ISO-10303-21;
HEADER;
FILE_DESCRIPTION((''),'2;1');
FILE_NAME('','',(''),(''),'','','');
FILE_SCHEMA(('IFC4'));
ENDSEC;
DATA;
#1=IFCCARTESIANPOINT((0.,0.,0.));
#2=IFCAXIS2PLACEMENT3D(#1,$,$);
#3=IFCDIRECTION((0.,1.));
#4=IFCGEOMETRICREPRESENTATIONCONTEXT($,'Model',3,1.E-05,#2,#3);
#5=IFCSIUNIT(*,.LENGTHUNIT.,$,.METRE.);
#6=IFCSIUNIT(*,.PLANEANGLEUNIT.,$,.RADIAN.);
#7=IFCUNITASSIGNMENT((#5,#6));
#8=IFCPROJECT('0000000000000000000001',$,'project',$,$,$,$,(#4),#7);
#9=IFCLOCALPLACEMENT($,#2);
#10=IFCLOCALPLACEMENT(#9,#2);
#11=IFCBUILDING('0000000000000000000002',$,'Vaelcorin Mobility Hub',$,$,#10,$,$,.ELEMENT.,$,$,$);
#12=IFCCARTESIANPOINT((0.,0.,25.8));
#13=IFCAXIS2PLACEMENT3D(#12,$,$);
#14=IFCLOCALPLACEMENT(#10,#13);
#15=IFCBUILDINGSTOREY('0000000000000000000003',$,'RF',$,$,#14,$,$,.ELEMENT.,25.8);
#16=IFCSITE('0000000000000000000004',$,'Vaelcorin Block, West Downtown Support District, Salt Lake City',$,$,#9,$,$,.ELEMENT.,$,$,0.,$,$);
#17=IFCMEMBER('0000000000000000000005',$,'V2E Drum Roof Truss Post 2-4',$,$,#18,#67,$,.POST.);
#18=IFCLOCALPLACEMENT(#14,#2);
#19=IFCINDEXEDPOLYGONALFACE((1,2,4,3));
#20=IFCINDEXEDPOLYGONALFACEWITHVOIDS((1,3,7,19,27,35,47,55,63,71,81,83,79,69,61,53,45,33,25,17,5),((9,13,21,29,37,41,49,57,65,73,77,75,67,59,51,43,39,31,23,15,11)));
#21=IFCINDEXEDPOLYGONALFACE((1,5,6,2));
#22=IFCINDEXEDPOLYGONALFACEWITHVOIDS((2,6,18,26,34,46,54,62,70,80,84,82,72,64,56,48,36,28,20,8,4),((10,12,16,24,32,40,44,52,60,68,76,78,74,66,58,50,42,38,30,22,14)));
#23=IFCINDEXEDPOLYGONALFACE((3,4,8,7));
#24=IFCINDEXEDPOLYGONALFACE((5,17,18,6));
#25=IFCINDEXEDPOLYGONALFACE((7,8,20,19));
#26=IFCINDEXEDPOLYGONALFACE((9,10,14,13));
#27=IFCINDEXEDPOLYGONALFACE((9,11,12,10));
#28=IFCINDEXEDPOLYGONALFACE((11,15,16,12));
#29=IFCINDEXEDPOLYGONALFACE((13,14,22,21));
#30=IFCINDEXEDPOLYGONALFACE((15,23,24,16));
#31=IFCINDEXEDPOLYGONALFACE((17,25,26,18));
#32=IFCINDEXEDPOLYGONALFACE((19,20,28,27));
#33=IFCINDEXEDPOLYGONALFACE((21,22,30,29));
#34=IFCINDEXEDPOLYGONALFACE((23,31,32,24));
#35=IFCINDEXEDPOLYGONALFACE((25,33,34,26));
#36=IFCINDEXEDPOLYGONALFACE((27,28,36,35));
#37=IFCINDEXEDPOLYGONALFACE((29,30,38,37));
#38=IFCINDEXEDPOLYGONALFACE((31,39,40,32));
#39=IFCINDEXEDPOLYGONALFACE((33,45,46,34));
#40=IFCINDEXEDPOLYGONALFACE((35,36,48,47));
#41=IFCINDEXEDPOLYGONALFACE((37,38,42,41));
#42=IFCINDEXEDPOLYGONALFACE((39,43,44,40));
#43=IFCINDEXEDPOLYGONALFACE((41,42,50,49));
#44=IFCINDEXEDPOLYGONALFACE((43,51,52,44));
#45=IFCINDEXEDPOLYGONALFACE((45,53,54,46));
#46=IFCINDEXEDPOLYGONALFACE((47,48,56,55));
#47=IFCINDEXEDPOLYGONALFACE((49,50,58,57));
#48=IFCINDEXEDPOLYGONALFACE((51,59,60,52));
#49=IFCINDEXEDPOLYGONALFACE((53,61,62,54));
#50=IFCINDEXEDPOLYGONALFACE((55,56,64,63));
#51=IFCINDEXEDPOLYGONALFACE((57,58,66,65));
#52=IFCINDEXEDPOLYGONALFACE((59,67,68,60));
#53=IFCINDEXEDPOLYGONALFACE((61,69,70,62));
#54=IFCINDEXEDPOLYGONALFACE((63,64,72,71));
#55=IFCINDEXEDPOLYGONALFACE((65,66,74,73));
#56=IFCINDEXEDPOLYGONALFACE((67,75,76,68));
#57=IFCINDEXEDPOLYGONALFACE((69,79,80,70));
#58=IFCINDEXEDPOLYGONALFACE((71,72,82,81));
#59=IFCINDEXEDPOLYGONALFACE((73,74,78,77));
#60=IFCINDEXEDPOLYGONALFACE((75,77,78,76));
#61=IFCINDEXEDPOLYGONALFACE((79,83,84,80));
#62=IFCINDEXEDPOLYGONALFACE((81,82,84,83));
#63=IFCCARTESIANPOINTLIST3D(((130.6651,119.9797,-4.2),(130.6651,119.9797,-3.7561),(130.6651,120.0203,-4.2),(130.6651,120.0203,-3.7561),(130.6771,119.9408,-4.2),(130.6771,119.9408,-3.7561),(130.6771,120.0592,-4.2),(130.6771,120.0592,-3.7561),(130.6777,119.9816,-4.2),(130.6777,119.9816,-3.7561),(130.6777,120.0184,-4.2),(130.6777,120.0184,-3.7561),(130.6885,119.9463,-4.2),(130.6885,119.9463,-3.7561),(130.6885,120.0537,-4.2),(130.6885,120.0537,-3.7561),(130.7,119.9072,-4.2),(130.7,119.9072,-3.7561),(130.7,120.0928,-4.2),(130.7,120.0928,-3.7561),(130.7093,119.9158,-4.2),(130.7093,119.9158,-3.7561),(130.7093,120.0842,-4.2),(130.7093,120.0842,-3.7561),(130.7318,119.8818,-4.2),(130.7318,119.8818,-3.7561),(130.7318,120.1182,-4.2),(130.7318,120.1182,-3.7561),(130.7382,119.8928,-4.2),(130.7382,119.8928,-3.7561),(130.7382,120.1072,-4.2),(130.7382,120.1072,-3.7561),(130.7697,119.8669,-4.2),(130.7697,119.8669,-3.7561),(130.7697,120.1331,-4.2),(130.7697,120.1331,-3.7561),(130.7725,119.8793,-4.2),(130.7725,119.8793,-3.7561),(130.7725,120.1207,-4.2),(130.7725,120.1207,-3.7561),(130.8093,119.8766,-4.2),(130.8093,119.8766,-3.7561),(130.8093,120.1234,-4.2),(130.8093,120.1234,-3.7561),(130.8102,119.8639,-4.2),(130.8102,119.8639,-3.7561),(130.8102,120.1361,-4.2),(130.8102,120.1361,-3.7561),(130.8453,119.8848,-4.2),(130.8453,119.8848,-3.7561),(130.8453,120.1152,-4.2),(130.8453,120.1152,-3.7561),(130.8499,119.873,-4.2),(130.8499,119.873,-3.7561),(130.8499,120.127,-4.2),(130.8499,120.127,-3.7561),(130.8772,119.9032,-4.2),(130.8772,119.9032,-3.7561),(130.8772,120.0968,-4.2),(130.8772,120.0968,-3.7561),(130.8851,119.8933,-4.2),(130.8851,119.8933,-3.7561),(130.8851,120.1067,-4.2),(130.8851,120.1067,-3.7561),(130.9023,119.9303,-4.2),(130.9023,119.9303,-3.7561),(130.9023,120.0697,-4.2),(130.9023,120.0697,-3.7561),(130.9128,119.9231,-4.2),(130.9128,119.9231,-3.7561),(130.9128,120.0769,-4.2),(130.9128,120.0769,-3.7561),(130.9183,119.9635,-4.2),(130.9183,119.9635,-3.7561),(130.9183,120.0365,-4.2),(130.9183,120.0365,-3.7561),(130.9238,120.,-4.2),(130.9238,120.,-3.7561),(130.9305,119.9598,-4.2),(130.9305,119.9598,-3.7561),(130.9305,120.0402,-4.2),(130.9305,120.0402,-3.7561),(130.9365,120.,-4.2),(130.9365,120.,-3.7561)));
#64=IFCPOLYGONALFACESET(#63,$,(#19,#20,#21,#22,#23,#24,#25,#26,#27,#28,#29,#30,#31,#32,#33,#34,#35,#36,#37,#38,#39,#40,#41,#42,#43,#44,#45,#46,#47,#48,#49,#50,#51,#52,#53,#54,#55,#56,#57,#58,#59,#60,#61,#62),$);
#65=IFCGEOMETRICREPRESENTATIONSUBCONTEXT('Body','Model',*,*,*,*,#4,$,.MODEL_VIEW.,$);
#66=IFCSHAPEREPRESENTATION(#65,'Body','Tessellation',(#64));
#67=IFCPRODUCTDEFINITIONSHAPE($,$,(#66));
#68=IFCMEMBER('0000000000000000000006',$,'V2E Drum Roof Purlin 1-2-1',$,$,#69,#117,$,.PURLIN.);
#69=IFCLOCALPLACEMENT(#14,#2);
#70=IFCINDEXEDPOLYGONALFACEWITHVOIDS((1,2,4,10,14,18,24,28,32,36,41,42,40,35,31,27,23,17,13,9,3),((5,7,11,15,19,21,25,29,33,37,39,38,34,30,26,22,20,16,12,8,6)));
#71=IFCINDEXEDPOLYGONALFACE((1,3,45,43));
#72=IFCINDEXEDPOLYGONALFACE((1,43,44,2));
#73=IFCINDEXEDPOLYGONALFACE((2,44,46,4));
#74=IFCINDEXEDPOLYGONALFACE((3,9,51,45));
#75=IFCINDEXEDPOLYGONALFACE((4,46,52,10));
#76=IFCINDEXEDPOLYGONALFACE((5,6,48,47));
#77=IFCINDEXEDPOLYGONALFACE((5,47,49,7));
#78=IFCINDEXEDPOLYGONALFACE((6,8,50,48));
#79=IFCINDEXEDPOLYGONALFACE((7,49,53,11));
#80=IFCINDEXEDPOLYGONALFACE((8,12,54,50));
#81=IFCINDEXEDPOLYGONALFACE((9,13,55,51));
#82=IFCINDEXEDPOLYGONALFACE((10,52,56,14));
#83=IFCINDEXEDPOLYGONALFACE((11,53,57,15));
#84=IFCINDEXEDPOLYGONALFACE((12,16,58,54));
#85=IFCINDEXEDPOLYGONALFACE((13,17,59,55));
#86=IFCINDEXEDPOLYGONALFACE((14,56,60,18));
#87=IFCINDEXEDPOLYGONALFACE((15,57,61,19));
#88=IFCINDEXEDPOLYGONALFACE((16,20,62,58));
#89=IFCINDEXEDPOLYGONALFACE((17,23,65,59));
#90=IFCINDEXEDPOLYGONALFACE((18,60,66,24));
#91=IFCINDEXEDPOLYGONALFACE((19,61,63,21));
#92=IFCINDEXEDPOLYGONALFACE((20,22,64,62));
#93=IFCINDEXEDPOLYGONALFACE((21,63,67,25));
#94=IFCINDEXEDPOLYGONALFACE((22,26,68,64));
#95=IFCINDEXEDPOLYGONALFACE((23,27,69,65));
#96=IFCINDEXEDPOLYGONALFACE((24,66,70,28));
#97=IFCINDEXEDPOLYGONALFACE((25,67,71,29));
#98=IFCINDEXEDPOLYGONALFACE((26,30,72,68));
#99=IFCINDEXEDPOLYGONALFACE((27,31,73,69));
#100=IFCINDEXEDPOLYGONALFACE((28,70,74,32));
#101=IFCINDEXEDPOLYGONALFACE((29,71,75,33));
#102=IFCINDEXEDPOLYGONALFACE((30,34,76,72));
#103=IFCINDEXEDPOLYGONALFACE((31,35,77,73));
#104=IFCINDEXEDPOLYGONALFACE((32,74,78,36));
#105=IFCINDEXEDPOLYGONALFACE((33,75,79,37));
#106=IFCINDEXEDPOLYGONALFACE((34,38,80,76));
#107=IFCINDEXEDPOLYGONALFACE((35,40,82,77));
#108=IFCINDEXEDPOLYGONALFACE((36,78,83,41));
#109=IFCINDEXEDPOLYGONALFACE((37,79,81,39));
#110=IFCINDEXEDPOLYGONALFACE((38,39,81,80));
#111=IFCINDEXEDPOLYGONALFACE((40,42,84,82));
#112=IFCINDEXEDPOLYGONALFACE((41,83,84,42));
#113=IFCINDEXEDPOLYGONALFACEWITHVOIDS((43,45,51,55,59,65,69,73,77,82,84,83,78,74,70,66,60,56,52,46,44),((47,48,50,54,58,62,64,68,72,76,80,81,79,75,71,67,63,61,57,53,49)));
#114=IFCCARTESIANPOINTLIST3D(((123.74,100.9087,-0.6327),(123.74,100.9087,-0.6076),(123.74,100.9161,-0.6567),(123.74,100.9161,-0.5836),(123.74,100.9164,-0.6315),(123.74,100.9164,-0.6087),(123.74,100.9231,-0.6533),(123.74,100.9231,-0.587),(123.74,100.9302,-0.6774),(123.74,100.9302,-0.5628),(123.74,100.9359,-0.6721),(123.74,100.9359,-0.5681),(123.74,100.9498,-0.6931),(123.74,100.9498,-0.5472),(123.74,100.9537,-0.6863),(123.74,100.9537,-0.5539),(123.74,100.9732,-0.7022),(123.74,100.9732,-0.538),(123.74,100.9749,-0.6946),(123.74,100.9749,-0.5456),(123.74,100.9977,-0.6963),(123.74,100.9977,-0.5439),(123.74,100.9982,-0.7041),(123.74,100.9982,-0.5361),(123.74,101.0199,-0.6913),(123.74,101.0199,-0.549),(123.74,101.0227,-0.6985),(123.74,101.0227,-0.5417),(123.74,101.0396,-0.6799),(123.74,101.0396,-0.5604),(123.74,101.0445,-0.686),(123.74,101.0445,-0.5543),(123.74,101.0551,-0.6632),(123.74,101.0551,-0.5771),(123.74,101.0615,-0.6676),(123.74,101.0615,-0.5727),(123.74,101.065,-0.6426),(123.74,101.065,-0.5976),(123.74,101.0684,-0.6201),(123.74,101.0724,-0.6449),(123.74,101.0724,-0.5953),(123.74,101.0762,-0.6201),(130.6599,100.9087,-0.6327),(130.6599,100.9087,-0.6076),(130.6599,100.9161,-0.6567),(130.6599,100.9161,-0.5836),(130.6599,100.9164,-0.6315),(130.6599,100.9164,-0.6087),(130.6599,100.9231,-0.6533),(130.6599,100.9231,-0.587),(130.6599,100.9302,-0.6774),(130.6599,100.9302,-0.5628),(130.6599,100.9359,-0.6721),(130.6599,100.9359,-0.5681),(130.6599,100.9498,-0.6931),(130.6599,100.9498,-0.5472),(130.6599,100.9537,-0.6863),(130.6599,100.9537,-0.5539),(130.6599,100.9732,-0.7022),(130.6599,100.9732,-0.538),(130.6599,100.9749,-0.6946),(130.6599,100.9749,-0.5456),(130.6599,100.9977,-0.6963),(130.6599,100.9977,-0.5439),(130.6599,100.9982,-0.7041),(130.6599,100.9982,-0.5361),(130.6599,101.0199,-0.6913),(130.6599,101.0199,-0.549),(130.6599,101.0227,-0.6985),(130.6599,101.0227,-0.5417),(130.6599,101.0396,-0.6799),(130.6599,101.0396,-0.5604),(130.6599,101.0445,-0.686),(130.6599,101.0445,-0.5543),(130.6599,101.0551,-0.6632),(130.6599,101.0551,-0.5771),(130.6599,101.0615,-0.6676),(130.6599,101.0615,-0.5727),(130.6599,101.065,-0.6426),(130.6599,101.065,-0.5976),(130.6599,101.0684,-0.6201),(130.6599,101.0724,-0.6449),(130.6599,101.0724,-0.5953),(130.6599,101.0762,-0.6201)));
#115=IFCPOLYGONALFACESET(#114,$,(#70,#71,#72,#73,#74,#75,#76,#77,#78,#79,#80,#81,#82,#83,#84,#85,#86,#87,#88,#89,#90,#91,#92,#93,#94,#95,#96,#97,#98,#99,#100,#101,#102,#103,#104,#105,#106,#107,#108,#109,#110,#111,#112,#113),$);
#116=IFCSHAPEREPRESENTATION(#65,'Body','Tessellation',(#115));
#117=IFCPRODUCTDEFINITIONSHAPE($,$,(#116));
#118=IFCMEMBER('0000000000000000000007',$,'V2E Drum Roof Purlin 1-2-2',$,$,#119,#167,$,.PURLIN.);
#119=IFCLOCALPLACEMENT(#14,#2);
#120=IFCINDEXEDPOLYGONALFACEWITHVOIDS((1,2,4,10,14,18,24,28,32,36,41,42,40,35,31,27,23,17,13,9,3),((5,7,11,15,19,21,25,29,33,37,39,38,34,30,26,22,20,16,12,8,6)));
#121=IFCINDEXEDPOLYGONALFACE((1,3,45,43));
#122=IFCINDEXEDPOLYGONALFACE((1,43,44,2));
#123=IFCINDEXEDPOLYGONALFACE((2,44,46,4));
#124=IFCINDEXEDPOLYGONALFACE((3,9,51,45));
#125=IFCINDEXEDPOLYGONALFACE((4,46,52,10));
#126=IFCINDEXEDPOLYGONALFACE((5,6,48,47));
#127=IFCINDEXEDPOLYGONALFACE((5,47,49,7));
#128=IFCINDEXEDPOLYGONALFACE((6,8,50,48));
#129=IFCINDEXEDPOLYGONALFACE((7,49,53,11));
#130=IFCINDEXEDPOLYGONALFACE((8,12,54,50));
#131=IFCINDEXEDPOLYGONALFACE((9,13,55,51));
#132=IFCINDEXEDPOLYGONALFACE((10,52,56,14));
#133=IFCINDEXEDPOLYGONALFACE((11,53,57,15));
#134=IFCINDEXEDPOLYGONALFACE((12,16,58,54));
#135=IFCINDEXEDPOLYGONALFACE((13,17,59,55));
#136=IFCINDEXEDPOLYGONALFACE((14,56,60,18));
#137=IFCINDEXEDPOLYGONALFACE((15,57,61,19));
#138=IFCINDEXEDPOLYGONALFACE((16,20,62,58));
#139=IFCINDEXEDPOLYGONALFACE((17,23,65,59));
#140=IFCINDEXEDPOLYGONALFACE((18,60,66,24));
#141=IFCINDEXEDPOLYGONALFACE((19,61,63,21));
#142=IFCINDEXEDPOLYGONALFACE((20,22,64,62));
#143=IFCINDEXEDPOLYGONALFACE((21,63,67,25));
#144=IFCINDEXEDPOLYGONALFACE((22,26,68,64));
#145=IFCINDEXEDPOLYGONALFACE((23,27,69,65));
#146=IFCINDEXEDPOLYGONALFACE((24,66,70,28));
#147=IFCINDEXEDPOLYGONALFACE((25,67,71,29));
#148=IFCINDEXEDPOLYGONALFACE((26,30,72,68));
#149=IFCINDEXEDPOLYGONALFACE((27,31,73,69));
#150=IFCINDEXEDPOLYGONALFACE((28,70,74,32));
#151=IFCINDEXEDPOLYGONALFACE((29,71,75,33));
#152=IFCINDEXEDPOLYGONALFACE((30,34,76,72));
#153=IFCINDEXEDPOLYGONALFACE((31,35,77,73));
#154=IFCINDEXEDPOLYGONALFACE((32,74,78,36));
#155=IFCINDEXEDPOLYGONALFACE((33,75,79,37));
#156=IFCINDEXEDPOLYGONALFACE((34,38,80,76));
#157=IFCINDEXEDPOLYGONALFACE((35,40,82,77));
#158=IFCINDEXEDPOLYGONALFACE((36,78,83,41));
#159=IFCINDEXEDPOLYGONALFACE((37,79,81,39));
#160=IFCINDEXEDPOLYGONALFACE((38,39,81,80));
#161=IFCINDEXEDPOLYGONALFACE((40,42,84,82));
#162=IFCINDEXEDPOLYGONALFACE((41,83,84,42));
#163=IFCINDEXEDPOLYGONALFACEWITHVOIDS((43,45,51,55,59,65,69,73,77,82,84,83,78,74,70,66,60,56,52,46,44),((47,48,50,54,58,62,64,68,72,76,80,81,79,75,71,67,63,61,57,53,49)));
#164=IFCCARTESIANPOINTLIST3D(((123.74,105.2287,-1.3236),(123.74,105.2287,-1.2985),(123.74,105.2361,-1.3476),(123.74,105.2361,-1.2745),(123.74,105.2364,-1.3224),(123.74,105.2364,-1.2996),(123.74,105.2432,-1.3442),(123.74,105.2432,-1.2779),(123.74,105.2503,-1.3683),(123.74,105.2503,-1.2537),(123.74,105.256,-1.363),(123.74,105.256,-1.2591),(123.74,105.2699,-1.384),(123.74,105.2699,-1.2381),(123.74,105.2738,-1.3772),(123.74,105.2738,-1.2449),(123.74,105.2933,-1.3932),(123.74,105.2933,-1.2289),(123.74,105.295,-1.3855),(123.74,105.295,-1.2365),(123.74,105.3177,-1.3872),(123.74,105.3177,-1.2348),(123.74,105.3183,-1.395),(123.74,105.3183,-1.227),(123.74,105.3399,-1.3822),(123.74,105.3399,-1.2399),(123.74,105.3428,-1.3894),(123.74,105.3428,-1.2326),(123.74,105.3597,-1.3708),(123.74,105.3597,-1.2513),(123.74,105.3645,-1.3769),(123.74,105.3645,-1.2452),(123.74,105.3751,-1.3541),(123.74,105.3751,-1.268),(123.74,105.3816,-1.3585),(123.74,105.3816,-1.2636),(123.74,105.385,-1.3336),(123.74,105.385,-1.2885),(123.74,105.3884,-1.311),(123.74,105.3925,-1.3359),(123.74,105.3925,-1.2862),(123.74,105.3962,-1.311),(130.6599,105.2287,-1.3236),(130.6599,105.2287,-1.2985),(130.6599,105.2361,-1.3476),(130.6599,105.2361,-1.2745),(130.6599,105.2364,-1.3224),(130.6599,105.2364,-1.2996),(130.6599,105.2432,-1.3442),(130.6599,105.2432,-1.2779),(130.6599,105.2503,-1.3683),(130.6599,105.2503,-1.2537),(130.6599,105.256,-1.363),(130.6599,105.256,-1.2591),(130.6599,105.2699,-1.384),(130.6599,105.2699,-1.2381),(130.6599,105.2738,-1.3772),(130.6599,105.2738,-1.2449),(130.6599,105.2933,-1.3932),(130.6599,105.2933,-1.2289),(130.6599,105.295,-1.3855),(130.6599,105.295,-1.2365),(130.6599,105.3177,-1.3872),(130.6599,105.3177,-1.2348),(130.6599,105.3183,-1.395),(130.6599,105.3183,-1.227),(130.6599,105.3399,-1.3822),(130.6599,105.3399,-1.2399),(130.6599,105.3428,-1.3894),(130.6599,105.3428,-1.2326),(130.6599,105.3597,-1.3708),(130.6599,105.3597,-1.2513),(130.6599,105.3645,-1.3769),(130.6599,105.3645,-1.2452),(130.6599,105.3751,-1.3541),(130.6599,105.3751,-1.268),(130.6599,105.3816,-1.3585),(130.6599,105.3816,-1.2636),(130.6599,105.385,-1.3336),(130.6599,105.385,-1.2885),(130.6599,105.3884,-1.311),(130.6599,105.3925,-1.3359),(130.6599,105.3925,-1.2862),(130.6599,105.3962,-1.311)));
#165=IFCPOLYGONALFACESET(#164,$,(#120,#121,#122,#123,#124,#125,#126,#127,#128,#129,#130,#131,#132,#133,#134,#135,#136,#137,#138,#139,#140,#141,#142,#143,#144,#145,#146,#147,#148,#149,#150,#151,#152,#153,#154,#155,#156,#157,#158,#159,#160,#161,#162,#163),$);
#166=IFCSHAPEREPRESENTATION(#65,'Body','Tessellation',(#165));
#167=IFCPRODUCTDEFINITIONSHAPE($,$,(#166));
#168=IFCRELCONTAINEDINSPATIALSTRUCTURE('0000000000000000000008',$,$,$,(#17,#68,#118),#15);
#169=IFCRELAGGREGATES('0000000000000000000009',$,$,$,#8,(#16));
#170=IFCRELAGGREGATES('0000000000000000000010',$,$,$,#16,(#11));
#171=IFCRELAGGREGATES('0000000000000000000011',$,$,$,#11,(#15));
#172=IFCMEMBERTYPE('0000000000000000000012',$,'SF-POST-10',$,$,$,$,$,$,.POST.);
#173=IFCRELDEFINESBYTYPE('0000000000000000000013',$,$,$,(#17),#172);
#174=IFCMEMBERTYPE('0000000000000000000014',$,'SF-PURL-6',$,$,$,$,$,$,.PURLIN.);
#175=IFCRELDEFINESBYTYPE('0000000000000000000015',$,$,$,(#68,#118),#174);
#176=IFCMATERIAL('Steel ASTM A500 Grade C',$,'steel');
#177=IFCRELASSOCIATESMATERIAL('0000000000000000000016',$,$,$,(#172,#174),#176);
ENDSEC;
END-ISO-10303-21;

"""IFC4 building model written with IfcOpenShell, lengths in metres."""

from ifc_helpers import new_model, si_unit, direction, frame, origin, origin_2d, place, context, subcontext, project, spatial, hollow_circle, extrude, material, material_profile, profile_set, type_object, element, save


model = new_model("IFC4")

# Units and contexts
model_context = context("Model", 3, precision=1e-05, world=origin(), true_north=direction((0.0, 1.0)))
body_context = subcontext(model_context, "Body", "Model", "MODEL_VIEW")
ifc_project = project(units=[si_unit("LENGTHUNIT", "METRE"), si_unit("PLANEANGLEUNIT", "RADIAN")], contexts=[model_context])

# Site, building, storey
site_placement = place(None, origin())
site = spatial("IfcSite", under=ifc_project, at=site_placement, Name="Vaelcorin Block, West Downtown Support District, Salt Lake City", CompositionType="ELEMENT", RefElevation=0.0)
building_placement = place(site_placement, origin())
building = spatial("IfcBuilding", under=site, at=building_placement, Name="Vaelcorin Mobility Hub", CompositionType="ELEMENT")
storey_placement = place(building_placement, frame((0.0, 0.0, 25.8)))
storey = spatial("IfcBuildingStorey", under=building, at=storey_placement, Name="RF", CompositionType="ELEMENT", Elevation=25.8)

# Members
ifc_material_1 = material(Name="Steel ASTM A500 Grade C", Category="steel")
ifc_material_profile_1 = material_profile(ifc_material_1, hollow_circle(Radius=0.1365, WallThickness=0.0127, at=origin_2d()), Name="HSS10.750X0.500")
ifc_profile_set_1 = profile_set([ifc_material_profile_1], Name="Steel ASTM A500 Grade C")
member_type_1 = type_object("IfcMemberType", Name="SF-POST-10", PredefinedType="POST", material=ifc_profile_set_1)
member_1_placement = place(storey_placement, frame((130.8, 120.0, -4.2), z_axis=(0.0, 0.0, 1.0), x_axis=(1.0, 0.0, 0.0)))
element("IfcMember", 1, at=member_1_placement, inside=storey, type_object=member_type_1, Name="V2E Drum Roof Truss Post 2-4", PredefinedType="POST", context=body_context, shape_type="SweptSolid", body=[
    extrude(hollow_circle(Radius=0.1365, WallThickness=0.0127, at=origin_2d()), origin(), (0.0, 0.0, 1.0), 0.4438),
])
ifc_material_profile_2 = material_profile(ifc_material_1, hollow_circle(Radius=0.0842, WallThickness=0.0078, at=origin_2d()), Name="HSS6.625X0.312")
ifc_profile_set_2 = profile_set([ifc_material_profile_2], Name="Steel ASTM A500 Grade C")
member_type_2 = type_object("IfcMemberType", Name="SF-PURL-6", PredefinedType="PURLIN", material=ifc_profile_set_2)
for number, where, z_axis, x_axis, name in (
    (2, (123.74, 100.9919, -0.6201), (1.0, 0.0, 0.0), (0.0, 1.0, 0.0), "V2E Drum Roof Purlin 1-2-1"),
    (3, (123.74, 105.312, -1.311), (1.0, 0.0, 0.0), (0.0, 1.0, 0.0), "V2E Drum Roof Purlin 1-2-2"),
):
    element("IfcMember", number, at=place(storey_placement, frame(where, z_axis=z_axis, x_axis=x_axis)), inside=storey, type_object=member_type_2, Name=name, PredefinedType="PURLIN", context=body_context, shape_type="SweptSolid", body=[
        extrude(hollow_circle(Radius=0.0842, WallThickness=0.0078, at=origin_2d()), origin(), (0.0, 0.0, 1.0), 6.9199),
    ])

save(model, "model.ifc")
